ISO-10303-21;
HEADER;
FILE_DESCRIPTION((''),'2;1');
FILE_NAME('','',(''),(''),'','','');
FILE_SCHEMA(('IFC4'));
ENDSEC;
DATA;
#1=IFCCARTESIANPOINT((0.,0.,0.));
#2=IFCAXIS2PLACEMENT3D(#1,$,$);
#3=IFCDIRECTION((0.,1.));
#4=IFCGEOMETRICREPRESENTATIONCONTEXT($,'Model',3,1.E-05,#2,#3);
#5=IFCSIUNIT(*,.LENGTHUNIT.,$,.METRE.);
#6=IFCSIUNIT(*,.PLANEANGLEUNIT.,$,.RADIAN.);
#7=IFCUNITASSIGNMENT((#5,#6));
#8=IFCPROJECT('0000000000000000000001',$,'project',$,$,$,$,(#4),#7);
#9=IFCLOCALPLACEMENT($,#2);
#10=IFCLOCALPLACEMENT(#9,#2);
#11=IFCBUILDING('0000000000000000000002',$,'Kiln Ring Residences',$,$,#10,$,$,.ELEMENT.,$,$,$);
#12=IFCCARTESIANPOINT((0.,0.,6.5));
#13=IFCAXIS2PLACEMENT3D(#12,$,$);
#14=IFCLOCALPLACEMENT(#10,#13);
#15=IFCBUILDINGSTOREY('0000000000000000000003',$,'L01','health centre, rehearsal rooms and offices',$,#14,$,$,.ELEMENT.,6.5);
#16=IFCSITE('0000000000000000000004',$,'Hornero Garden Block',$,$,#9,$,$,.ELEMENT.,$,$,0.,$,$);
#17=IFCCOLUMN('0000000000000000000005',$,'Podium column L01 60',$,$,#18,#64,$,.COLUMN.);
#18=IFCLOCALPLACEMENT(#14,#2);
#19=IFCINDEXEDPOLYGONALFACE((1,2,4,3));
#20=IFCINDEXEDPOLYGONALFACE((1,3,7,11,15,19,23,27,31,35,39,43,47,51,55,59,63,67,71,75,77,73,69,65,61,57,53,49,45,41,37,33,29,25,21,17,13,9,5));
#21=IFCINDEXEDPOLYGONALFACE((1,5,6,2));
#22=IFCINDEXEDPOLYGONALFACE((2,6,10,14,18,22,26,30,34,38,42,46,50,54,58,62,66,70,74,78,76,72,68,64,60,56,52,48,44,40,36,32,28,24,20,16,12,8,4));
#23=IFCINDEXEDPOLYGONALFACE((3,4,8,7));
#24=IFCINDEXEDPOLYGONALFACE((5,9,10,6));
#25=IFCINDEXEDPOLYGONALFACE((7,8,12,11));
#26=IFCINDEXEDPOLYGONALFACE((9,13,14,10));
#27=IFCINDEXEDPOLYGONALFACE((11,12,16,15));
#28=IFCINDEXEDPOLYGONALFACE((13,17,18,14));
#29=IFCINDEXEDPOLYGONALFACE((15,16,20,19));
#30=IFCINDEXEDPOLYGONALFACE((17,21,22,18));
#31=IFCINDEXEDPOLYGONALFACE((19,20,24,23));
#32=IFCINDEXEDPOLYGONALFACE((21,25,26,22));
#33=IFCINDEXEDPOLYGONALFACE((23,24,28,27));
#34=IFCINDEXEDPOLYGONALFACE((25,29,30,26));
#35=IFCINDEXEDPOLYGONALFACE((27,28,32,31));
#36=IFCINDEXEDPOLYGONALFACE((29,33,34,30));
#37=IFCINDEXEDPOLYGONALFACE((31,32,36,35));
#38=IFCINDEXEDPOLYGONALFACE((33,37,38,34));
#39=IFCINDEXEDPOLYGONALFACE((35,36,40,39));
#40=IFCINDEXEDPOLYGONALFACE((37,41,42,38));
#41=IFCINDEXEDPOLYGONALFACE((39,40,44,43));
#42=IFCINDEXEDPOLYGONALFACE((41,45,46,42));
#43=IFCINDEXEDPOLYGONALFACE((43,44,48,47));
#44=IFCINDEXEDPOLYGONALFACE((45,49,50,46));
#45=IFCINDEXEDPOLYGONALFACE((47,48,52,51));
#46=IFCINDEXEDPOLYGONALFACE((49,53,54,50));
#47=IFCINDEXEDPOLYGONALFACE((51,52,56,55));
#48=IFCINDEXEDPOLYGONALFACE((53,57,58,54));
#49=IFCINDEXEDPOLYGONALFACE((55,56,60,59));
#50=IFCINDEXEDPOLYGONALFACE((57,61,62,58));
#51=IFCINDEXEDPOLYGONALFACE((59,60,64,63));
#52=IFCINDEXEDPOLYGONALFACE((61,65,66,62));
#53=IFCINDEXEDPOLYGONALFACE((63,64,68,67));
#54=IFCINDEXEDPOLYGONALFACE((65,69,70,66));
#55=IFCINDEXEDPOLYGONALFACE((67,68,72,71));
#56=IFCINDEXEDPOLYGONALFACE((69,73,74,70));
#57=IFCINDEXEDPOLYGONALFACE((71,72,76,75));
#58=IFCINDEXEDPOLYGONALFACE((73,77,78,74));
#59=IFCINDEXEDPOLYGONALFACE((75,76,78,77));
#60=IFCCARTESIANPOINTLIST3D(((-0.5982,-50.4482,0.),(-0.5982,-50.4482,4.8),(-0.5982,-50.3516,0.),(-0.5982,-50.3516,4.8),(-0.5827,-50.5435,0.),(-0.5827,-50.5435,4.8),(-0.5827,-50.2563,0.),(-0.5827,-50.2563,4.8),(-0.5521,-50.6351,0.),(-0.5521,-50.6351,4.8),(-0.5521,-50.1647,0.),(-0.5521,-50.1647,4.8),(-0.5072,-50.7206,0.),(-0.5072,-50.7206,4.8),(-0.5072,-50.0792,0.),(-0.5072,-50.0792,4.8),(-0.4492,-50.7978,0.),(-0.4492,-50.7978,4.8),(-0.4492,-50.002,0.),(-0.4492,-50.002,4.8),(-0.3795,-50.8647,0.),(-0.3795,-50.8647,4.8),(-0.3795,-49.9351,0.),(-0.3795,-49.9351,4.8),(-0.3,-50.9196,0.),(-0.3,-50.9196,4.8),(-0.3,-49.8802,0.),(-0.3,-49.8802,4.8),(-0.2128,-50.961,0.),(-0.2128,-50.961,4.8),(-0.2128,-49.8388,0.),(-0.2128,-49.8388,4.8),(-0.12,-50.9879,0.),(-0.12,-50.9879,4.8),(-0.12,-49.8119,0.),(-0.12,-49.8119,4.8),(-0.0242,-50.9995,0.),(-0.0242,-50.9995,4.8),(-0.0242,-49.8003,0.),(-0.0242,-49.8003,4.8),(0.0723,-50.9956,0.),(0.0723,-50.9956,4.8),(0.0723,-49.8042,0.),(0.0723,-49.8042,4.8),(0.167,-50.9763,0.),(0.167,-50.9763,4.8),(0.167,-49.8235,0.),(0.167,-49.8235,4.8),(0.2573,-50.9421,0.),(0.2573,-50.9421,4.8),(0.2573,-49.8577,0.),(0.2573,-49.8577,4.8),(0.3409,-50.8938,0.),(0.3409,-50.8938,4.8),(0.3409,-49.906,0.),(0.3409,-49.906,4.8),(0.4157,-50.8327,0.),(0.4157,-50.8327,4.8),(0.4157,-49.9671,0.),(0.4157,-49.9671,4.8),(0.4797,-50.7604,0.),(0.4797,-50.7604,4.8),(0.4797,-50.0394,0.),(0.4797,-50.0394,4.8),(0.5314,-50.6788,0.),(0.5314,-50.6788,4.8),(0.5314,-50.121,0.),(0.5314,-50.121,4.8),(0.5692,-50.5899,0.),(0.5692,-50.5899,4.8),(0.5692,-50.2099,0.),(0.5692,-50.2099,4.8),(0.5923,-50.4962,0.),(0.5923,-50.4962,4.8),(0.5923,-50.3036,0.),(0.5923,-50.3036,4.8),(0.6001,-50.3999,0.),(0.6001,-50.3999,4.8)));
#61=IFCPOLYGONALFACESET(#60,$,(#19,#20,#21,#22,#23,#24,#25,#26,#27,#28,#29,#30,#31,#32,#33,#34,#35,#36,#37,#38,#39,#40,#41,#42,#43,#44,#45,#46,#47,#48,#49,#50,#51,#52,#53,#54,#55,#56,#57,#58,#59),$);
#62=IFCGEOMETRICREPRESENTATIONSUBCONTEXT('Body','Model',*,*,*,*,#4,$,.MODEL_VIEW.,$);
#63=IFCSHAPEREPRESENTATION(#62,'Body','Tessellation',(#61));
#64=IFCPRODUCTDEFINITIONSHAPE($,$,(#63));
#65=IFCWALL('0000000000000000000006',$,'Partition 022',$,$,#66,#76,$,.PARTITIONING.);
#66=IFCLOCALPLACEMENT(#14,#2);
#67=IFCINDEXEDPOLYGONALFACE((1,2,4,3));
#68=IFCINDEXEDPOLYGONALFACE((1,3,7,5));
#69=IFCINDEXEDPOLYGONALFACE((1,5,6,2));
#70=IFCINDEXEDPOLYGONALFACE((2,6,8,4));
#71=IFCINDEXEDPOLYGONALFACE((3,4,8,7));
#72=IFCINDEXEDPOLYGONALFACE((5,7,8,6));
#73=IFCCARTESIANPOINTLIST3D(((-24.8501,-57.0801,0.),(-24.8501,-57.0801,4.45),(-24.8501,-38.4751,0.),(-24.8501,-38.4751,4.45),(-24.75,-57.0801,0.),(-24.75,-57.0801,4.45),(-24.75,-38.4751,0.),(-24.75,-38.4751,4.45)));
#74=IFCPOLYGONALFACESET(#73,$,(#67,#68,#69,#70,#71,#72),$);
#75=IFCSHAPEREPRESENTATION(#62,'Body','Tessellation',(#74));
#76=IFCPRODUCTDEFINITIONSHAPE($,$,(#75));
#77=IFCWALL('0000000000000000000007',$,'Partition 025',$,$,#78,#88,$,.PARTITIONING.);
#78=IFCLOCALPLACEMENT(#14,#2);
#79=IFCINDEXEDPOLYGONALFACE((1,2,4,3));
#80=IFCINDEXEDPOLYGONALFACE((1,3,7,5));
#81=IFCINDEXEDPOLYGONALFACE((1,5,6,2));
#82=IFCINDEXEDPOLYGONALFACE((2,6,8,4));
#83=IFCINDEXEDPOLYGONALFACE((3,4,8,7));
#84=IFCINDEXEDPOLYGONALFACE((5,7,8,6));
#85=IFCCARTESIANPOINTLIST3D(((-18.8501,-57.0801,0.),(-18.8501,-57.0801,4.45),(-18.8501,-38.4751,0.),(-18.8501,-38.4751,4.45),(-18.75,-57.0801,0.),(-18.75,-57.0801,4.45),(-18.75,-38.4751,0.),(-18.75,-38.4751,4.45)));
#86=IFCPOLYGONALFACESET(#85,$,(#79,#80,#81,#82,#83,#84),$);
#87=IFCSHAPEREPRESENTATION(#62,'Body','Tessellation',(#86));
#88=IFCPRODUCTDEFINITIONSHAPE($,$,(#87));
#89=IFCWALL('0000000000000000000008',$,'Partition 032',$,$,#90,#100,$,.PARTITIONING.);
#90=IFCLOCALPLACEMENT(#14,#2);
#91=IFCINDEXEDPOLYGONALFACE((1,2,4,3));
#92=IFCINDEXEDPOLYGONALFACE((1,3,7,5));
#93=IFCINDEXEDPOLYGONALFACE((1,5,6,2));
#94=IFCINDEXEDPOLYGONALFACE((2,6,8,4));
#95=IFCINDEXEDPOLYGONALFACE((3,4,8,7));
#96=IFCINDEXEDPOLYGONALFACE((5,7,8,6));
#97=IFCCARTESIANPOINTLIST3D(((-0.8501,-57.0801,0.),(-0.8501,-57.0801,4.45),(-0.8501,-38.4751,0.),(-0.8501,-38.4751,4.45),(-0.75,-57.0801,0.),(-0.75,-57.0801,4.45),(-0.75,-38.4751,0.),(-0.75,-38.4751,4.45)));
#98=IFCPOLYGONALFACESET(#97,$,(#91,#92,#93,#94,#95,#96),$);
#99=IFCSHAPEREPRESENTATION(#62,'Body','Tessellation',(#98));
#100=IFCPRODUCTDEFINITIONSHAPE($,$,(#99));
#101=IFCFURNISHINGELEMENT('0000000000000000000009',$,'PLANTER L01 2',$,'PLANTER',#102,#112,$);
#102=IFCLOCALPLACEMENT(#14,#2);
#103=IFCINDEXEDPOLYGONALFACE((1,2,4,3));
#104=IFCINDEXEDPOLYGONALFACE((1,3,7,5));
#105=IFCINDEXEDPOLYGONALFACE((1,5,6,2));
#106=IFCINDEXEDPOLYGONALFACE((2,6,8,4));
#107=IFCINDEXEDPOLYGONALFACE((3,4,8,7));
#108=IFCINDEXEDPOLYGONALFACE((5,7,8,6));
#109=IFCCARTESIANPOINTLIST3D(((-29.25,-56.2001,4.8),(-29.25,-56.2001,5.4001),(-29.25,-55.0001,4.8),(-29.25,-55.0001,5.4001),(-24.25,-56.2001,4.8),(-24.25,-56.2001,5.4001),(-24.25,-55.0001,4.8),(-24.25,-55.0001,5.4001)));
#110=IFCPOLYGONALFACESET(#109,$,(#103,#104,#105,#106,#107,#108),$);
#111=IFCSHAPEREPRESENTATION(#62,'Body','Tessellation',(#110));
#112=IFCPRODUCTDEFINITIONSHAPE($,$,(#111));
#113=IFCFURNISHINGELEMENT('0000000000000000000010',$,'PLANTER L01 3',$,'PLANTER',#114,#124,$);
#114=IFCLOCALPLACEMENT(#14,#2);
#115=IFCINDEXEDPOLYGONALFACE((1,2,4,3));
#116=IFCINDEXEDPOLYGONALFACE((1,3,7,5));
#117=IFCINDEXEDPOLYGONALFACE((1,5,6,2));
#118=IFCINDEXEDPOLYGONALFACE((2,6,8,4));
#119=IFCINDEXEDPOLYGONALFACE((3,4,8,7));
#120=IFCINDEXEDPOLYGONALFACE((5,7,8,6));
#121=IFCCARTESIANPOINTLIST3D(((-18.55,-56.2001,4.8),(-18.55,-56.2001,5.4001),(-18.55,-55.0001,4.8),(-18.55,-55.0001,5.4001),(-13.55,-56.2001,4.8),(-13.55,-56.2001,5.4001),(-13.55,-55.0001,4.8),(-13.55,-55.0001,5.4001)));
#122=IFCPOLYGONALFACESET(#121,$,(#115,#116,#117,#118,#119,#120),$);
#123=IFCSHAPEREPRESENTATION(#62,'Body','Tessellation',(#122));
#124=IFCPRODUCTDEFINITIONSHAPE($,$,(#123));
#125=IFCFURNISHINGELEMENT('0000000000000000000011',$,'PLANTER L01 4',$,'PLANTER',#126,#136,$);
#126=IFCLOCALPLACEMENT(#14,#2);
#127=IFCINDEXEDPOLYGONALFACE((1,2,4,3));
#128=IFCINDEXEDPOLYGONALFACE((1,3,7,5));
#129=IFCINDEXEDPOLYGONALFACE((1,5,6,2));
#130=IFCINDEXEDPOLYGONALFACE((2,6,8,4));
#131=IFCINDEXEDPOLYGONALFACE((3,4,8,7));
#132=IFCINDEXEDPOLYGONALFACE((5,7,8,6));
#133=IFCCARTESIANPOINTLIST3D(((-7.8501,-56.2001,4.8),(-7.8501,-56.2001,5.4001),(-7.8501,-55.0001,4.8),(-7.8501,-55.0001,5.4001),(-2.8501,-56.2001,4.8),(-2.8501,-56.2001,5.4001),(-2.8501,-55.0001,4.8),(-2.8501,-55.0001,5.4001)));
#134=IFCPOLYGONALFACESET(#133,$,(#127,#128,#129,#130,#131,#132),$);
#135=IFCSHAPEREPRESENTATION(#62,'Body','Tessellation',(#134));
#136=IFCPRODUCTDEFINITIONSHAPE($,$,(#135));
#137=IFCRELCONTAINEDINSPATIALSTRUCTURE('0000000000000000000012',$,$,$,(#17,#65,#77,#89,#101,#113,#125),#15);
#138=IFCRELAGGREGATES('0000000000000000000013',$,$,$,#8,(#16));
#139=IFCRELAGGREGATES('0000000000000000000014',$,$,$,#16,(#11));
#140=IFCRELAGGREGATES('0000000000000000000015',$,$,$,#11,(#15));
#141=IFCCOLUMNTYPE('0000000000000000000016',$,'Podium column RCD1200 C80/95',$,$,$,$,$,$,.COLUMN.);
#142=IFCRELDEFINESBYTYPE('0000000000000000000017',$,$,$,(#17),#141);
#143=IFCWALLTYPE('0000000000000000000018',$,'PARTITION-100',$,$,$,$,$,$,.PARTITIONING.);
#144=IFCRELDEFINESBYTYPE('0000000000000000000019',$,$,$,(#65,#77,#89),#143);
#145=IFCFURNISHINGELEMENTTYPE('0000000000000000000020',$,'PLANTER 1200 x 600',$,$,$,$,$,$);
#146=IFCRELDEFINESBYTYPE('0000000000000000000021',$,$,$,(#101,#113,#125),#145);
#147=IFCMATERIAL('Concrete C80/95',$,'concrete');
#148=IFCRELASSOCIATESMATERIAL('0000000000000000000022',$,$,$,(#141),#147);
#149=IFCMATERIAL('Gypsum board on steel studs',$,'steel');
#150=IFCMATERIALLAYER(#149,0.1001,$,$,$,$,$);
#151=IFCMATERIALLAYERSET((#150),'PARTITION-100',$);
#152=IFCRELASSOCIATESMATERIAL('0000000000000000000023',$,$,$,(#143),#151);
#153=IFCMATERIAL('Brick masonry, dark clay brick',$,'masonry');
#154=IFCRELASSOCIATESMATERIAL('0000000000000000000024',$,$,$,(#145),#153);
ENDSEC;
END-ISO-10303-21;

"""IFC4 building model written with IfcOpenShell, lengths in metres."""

from ifc_helpers import new_model, si_unit, direction, frame, frame_2d, origin, origin_2d, place, context, subcontext, project, spatial, rectangle, circle, extrude, material, layer, layer_set, material_profile, profile_set, type_object, element, save


model = new_model("IFC4")

# Units and contexts
model_context = context("Model", 3, precision=1e-05, world=origin(), true_north=direction((0.0, 1.0)))
body_context = subcontext(model_context, "Body", "Model", "MODEL_VIEW")
ifc_project = project(units=[si_unit("LENGTHUNIT", "METRE"), si_unit("PLANEANGLEUNIT", "RADIAN")], contexts=[model_context])

# Site, building, storey
site_placement = place(None, origin())
site = spatial("IfcSite", under=ifc_project, at=site_placement, Name="Hornero Garden Block", CompositionType="ELEMENT", RefElevation=0.0)
building_placement = place(site_placement, origin())
building = spatial("IfcBuilding", under=site, at=building_placement, Name="Kiln Ring Residences", CompositionType="ELEMENT")
storey_placement = place(building_placement, frame((0.0, 0.0, 6.5)))
storey = spatial("IfcBuildingStorey", under=building, at=storey_placement, Name="L01", Description="health centre, rehearsal rooms and offices", CompositionType="ELEMENT", Elevation=6.5)

# Column
ifc_material_1 = material(Name="Concrete C80/95", Category="concrete")
ifc_material_profile = material_profile(ifc_material_1, circle(Radius=0.6001, at=origin_2d()), Name="RCD1200")
ifc_profile_set = profile_set([ifc_material_profile], Name="Concrete C80/95")
column_type = type_object("IfcColumnType", Name="Podium column RCD1200 C80/95", PredefinedType="COLUMN", material=ifc_profile_set)
for number, where, z_axis, x_axis, name in (
    (1, (0.0, -50.3999, 0.0), (0.0, 0.0, 1.0), (1.0, 0.0, 0.0), "Podium column L01 60"),
):
    element("IfcColumn", number, at=place(storey_placement, frame(where, z_axis=z_axis, x_axis=x_axis)), inside=storey, type_object=column_type, Name=name, PredefinedType="COLUMN", context=body_context, shape_type="SweptSolid", body=[
        extrude(circle(Radius=0.6001, at=origin_2d()), origin(), (0.0, 0.0, 1.0), 4.8),
    ])

# Walls
ifc_material_2 = material(Name="Gypsum board on steel studs", Category="steel")
ifc_layer = layer(ifc_material_2, 0.1001)
ifc_layer_set = layer_set([ifc_layer], Name="PARTITION-100")
wall_type = type_object("IfcWallType", Name="PARTITION-100", PredefinedType="PARTITIONING", material=ifc_layer_set)
for number, where, z_axis, x_axis, name in (
    (2, (-24.8, -57.0801, 0.0), (0.0, 0.0, 1.0), (0.0, 1.0, 0.0), "Partition 022"),
    (3, (-18.8, -57.0801, 0.0), (0.0, 0.0, 1.0), (0.0, 1.0, 0.0), "Partition 025"),
    (4, (-0.8, -57.0801, 0.0), (0.0, 0.0, 1.0), (0.0, 1.0, 0.0), "Partition 032"),
):
    element("IfcWall", number, at=place(storey_placement, frame(where, z_axis=z_axis, x_axis=x_axis)), inside=storey, type_object=wall_type, Name=name, PredefinedType="PARTITIONING", context=body_context, shape_type="SweptSolid", body=[
        extrude(rectangle(XDim=18.605, YDim=0.1001, at=frame_2d((9.3025, 0.0))), origin(), (0.0, 0.0, 1.0), 4.45),
    ])

# Furnishing elements
ifc_material_3 = material(Name="Brick masonry, dark clay brick", Category="masonry")
furnishing_element_type = type_object("IfcFurnishingElementType", Name="PLANTER 1200 x 600", material=ifc_material_3)
for number, where, z_axis, x_axis, name in (
    (5, (-26.75, -55.6001, 4.8), (0.0, 0.0, 1.0), (1.0, 0.0, 0.0), "PLANTER L01 2"),
    (6, (-16.05, -55.6001, 4.8), (0.0, 0.0, 1.0), (1.0, 0.0, 0.0), "PLANTER L01 3"),
    (7, (-5.3501, -55.6001, 4.8), (0.0, 0.0, 1.0), (1.0, 0.0, 0.0), "PLANTER L01 4"),
):
    element("IfcFurnishingElement", number, at=place(storey_placement, frame(where, z_axis=z_axis, x_axis=x_axis)), inside=storey, type_object=furnishing_element_type, Name=name, ObjectType="PLANTER", context=body_context, shape_type="SweptSolid", body=[
        extrude(rectangle(XDim=5.0, YDim=1.2, at=origin_2d()), origin(), (0.0, 0.0, 1.0), 0.6001),
    ])

save(model, "model.ifc")
